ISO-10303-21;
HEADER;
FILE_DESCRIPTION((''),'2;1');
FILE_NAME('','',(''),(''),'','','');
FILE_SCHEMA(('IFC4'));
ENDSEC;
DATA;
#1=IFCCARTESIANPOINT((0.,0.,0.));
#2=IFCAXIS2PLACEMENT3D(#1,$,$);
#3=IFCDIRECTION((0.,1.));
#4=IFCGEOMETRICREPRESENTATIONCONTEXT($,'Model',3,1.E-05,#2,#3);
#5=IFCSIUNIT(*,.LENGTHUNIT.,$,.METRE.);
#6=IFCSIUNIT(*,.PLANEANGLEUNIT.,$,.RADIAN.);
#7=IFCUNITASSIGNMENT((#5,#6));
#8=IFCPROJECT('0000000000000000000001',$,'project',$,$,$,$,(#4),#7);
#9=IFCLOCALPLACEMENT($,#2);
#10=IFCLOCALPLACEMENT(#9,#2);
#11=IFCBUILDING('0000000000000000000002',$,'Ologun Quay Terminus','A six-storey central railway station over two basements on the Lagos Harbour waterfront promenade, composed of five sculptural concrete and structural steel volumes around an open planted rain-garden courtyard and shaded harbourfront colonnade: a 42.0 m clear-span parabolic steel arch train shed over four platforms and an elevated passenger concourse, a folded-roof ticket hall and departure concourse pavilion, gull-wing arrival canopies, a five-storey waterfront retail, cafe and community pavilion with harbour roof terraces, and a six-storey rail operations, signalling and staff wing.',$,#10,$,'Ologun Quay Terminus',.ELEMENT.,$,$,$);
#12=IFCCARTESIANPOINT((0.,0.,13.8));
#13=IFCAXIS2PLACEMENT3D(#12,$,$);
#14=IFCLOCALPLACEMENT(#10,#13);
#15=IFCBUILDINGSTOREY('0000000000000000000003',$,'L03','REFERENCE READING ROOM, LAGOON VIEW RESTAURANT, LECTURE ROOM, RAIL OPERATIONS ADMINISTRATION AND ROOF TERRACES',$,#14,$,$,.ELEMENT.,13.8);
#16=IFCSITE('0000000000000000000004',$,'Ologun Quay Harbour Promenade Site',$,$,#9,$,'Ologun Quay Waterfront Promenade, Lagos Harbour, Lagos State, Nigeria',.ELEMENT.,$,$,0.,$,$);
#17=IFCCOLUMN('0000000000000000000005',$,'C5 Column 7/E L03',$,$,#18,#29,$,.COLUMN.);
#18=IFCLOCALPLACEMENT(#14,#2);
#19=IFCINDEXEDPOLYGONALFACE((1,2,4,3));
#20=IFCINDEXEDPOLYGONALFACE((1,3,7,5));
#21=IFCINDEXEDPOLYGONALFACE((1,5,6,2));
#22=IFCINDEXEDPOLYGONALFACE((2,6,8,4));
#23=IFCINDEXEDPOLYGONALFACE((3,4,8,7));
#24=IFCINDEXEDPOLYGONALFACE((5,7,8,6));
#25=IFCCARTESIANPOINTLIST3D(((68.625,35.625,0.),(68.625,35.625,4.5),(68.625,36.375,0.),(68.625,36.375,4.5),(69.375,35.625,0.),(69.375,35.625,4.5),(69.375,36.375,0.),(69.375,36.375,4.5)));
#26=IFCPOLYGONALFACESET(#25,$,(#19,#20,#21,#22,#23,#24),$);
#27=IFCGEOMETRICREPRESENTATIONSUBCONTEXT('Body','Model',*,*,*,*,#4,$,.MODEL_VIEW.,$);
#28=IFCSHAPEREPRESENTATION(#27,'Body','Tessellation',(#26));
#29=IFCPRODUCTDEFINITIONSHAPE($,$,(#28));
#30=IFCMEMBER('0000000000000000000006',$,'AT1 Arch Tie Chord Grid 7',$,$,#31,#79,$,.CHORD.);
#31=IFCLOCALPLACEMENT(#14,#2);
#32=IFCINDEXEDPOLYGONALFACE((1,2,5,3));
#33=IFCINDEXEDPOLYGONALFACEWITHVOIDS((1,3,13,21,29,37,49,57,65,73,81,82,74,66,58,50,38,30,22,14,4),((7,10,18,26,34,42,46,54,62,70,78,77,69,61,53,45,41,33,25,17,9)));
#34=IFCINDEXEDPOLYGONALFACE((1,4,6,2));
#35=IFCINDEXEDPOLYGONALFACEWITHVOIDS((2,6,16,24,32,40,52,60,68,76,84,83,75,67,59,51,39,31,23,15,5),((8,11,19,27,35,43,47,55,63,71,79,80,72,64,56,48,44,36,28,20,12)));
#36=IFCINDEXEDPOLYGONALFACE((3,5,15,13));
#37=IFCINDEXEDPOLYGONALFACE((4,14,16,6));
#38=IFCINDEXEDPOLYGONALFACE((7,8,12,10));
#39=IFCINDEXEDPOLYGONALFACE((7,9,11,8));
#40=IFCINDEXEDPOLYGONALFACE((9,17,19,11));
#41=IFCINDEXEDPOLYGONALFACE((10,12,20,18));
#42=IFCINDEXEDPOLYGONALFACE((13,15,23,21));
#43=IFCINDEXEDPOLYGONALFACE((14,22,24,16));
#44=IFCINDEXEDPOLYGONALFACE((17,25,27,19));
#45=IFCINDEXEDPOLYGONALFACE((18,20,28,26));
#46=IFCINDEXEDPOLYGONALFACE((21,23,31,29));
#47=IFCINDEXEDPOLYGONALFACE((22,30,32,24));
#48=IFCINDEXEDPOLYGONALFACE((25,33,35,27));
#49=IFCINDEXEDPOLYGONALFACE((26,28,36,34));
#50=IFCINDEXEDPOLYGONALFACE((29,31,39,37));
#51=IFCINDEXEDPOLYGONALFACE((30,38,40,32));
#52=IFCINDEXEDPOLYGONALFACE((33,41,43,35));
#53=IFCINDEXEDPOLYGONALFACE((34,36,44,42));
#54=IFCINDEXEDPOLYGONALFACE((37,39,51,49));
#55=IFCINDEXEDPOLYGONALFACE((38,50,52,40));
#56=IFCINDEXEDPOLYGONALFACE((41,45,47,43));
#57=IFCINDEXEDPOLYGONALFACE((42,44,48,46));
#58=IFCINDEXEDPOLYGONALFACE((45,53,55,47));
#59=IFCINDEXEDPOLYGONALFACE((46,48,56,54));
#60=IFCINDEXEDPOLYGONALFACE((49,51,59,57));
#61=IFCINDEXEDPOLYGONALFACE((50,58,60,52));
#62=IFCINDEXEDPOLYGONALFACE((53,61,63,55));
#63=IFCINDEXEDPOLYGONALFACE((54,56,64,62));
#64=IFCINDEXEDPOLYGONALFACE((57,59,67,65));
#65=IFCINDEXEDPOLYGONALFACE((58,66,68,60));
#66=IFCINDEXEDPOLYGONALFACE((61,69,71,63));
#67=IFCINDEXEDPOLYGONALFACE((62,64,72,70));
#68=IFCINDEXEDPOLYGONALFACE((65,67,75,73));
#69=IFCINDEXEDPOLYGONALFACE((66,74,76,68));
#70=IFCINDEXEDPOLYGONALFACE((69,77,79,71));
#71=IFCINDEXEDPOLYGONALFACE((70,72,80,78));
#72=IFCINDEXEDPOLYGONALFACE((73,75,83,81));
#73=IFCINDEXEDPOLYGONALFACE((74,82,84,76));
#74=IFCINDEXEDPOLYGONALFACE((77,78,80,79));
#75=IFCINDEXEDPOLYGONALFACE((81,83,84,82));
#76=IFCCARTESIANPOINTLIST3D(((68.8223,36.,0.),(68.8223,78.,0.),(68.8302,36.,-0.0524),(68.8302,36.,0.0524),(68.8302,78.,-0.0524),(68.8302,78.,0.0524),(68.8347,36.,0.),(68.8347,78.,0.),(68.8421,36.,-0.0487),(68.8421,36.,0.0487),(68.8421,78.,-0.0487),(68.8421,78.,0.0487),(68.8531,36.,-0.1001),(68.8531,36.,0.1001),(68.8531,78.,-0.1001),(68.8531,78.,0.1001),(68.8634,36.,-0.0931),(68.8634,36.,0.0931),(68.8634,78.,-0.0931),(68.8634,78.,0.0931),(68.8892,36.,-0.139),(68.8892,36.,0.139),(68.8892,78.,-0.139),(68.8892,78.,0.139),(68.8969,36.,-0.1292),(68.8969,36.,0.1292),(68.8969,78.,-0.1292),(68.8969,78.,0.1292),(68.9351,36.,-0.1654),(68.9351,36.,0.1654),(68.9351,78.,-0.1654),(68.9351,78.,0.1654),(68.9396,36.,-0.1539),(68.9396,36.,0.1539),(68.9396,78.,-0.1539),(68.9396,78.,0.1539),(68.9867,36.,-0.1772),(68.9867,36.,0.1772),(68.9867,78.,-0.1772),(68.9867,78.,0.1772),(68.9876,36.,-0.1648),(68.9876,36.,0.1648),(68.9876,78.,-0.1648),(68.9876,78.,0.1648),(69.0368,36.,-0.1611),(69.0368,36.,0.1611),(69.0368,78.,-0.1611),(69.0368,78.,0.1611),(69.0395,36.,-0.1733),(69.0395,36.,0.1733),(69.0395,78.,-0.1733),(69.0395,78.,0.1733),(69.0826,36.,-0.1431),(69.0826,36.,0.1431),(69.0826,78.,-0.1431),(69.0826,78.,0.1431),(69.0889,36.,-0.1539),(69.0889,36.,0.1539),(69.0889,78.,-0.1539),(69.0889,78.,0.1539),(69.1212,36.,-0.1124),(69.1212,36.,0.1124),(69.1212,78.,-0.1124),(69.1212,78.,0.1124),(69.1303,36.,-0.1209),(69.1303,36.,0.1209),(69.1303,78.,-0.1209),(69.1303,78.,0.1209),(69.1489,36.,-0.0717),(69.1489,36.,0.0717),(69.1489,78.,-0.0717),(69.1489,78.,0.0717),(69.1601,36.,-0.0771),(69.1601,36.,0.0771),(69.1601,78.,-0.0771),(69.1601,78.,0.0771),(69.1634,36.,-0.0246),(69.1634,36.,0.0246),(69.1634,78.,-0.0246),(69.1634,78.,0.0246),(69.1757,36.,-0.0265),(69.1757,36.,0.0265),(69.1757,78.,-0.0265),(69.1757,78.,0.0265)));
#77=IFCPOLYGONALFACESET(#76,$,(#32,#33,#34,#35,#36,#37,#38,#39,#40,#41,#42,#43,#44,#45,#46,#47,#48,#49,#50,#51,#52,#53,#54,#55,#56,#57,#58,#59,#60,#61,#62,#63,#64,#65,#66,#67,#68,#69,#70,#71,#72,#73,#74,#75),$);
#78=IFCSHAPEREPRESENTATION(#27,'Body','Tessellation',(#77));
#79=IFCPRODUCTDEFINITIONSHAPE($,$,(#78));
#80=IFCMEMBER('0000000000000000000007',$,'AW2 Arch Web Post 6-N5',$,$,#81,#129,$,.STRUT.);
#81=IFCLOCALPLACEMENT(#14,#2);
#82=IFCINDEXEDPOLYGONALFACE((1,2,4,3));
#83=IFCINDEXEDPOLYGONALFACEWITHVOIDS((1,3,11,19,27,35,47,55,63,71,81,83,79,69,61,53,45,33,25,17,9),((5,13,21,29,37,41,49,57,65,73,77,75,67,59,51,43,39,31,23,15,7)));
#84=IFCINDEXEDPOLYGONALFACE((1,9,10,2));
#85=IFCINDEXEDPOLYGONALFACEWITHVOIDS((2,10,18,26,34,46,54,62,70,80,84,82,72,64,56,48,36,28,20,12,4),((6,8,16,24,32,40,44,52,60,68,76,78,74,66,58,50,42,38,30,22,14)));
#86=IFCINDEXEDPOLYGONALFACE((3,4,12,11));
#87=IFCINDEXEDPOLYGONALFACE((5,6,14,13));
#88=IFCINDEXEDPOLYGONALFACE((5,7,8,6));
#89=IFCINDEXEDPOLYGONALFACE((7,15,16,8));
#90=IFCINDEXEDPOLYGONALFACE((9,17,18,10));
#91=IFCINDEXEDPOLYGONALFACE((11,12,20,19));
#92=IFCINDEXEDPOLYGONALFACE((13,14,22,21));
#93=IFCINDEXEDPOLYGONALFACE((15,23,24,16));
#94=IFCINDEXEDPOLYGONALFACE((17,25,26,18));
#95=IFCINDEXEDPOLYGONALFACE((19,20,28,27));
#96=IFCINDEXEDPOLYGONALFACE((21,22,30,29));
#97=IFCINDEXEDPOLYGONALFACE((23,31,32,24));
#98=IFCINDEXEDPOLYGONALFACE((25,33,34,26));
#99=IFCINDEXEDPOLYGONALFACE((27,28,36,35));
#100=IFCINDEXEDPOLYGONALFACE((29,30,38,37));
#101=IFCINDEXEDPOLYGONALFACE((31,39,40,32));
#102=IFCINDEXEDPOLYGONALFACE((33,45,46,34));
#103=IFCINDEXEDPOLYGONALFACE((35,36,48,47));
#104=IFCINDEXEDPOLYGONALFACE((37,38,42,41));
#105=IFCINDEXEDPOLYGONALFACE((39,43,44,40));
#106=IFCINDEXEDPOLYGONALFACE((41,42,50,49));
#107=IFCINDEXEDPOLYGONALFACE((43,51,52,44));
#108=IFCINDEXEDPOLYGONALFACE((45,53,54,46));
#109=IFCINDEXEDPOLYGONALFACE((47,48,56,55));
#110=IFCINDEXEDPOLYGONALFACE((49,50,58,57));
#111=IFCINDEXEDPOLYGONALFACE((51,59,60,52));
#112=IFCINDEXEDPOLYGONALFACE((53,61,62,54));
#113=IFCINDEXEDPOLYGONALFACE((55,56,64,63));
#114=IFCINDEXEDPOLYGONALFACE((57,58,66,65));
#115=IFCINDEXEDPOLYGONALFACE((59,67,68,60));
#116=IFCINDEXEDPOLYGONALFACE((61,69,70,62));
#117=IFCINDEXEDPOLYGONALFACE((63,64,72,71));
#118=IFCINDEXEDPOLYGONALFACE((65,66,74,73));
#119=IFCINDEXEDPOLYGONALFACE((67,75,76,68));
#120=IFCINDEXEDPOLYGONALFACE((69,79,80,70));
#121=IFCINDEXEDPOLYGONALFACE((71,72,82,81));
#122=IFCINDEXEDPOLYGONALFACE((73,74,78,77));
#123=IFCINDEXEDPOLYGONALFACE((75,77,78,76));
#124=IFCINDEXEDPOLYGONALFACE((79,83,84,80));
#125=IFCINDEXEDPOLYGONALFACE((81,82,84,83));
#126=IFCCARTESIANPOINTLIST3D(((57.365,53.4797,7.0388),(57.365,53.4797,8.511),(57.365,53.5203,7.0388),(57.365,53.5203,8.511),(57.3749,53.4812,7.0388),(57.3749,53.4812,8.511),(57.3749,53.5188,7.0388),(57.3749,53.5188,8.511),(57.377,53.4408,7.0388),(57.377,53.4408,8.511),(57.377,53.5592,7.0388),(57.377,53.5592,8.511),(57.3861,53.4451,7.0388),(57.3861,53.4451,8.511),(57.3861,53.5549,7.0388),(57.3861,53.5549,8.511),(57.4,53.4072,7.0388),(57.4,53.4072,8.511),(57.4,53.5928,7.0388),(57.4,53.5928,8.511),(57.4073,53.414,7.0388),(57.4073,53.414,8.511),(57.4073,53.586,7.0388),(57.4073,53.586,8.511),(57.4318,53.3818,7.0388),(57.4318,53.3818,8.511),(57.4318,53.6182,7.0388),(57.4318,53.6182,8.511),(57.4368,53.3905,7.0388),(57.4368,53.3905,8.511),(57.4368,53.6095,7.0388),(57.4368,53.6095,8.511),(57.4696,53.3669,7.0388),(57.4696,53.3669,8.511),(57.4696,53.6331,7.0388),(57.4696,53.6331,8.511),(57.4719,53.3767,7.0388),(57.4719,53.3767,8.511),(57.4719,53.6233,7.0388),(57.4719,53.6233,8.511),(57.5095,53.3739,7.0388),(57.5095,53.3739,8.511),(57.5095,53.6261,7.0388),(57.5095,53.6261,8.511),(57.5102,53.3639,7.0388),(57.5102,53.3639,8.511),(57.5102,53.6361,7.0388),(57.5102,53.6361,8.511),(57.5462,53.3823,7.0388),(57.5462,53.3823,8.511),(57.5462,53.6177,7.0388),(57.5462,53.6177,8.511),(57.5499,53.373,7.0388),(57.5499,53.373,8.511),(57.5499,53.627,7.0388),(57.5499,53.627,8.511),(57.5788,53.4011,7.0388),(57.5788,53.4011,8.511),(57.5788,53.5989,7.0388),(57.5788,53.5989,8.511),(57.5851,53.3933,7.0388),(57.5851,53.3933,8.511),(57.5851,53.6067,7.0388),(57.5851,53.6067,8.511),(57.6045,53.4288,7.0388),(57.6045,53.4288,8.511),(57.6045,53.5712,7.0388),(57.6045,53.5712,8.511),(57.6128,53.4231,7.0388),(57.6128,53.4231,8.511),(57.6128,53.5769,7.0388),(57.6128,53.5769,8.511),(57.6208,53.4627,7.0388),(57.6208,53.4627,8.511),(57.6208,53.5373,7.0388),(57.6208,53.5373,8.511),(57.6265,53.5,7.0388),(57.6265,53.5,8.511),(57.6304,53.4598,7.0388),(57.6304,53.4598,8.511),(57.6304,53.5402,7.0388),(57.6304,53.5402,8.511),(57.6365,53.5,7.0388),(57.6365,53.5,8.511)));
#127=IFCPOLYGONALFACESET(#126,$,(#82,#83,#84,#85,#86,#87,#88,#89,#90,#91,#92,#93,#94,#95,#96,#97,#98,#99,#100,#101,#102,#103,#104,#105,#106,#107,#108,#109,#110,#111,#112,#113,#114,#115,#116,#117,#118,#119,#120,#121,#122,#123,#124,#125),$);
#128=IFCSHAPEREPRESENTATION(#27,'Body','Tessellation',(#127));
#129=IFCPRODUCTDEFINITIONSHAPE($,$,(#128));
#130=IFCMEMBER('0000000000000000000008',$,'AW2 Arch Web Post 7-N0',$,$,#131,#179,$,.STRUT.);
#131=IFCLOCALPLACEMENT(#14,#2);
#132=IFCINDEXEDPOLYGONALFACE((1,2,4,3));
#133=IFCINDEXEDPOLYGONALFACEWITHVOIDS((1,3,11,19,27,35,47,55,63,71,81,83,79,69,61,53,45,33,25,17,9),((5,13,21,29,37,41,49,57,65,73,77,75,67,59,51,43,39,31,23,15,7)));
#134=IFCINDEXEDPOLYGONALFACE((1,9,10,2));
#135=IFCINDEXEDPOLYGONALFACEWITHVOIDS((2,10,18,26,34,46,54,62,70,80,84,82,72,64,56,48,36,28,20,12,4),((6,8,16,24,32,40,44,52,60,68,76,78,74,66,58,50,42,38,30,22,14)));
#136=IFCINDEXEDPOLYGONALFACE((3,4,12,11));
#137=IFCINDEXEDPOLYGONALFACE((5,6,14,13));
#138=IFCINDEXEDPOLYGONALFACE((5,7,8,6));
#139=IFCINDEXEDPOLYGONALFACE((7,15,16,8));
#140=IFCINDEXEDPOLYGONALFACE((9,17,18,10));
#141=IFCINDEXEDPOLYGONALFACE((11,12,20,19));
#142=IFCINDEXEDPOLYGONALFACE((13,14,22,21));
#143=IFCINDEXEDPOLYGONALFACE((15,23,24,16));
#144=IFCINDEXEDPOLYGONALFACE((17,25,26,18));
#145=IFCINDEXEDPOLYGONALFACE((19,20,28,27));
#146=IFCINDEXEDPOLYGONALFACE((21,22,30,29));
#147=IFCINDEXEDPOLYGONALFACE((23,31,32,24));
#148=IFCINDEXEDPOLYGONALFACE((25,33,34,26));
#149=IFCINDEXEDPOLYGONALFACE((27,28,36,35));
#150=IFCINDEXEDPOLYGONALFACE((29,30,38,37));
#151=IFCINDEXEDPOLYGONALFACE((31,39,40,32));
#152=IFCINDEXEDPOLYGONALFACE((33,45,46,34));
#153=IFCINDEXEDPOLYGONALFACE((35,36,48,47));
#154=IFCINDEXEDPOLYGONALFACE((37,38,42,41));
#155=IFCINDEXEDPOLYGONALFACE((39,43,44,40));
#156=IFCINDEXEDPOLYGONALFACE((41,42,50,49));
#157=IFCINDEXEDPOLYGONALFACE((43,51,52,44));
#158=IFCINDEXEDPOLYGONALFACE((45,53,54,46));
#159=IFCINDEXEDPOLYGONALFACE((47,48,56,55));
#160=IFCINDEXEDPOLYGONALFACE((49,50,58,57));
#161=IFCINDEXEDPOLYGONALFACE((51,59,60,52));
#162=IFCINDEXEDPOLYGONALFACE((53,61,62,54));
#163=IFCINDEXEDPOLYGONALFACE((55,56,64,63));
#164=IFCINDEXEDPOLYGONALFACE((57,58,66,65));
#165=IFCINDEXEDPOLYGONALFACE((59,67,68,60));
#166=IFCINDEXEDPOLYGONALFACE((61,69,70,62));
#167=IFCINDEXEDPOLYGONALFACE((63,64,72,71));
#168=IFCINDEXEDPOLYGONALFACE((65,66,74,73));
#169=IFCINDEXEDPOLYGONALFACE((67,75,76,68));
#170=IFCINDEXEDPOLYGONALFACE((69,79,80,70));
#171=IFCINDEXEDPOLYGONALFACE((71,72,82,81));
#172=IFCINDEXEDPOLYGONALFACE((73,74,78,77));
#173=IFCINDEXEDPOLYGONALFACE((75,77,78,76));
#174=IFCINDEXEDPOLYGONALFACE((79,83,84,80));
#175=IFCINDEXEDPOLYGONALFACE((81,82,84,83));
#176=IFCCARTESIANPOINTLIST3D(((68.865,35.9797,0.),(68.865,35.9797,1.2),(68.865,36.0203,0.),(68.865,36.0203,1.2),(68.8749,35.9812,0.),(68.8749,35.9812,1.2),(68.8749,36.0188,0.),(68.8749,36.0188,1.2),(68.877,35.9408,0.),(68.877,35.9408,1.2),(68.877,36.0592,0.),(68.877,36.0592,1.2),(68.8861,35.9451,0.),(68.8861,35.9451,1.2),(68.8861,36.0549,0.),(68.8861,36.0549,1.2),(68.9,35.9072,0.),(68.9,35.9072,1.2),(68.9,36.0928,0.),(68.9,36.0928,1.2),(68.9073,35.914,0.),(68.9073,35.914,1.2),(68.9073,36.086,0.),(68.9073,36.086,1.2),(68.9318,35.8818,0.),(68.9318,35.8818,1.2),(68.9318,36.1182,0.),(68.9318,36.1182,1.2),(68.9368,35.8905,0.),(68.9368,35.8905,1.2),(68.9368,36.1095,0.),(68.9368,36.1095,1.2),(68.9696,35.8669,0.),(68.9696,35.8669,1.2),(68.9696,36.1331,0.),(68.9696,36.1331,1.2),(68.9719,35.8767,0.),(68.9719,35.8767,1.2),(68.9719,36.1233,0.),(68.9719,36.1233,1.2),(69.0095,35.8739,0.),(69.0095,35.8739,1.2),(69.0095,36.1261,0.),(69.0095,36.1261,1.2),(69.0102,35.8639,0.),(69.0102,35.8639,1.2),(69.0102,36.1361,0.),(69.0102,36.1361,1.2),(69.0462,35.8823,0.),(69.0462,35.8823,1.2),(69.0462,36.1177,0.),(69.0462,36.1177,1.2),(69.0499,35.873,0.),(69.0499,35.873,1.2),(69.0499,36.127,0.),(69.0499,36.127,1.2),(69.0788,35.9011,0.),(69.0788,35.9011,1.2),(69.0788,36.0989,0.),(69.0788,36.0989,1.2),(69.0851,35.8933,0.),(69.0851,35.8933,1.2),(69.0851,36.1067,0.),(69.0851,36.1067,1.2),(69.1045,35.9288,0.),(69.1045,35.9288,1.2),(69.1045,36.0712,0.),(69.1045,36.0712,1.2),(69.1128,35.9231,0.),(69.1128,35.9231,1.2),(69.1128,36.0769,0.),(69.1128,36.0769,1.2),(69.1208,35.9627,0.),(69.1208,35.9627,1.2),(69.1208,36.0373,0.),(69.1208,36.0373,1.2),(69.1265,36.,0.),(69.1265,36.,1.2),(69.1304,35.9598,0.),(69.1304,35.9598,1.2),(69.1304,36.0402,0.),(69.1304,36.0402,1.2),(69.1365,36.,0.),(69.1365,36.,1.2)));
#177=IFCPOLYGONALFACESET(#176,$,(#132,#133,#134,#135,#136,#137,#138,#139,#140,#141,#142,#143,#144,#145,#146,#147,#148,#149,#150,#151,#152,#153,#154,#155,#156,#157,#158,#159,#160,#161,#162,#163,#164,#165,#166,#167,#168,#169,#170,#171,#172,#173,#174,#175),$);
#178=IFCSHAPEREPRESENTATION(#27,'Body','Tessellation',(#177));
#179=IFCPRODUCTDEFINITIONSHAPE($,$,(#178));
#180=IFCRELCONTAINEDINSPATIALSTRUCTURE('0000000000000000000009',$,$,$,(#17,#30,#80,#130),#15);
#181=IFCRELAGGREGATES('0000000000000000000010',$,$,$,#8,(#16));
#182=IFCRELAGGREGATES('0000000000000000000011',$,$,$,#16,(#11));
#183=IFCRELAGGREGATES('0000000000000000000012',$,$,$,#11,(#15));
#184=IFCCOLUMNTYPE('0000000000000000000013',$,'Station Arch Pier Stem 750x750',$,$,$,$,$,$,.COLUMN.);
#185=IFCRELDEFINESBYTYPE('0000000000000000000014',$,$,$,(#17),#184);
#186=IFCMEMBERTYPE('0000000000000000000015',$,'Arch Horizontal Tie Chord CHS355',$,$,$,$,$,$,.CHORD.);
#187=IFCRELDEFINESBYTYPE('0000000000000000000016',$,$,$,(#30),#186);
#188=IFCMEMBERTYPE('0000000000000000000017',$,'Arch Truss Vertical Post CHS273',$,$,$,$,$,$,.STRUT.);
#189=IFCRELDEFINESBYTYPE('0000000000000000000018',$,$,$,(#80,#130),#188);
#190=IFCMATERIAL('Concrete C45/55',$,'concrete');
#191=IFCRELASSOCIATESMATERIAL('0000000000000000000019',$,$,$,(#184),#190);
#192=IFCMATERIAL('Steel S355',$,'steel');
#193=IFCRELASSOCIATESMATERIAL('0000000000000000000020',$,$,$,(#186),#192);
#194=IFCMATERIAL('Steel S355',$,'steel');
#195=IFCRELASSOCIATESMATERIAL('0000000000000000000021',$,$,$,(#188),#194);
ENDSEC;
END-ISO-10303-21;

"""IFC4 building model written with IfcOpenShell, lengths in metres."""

from ifc_helpers import new_model, si_unit, direction, frame, origin, origin_2d, place, context, subcontext, project, spatial, rectangle, hollow_circle, extrude, material, material_profile, profile_set, type_object, element, save


model = new_model("IFC4")

# Units and contexts
model_context = context("Model", 3, precision=1e-05, world=origin(), true_north=direction((0.0, 1.0)))
body_context = subcontext(model_context, "Body", "Model", "MODEL_VIEW")
ifc_project = project(units=[si_unit("LENGTHUNIT", "METRE"), si_unit("PLANEANGLEUNIT", "RADIAN")], contexts=[model_context])

# Site, building, storey
site_placement = place(None, origin())
site = spatial("IfcSite", under=ifc_project, at=site_placement, Name="Ologun Quay Harbour Promenade Site", LongName="Ologun Quay Waterfront Promenade, Lagos Harbour, Lagos State, Nigeria", CompositionType="ELEMENT", RefElevation=0.0)
building_placement = place(site_placement, origin())
building = spatial("IfcBuilding", under=site, at=building_placement, Name="Ologun Quay Terminus", Description="A six-storey central railway station over two basements on the Lagos Harbour waterfront promenade, composed of five sculptural concrete and structural steel volumes around an open planted rain-garden courtyard and shaded harbourfront colonnade: a 42.0 m clear-span parabolic steel arch train shed over four platforms and an elevated passenger concourse, a folded-roof ticket hall and departure concourse pavilion, gull-wing arrival canopies, a five-storey waterfront retail, cafe and community pavilion with harbour roof terraces, and a six-storey rail operations, signalling and staff wing.", LongName="Ologun Quay Terminus", CompositionType="ELEMENT")
storey_placement = place(building_placement, frame((0.0, 0.0, 13.8)))
storey = spatial("IfcBuildingStorey", under=building, at=storey_placement, Name="L03", Description="REFERENCE READING ROOM, LAGOON VIEW RESTAURANT, LECTURE ROOM, RAIL OPERATIONS ADMINISTRATION AND ROOF TERRACES", CompositionType="ELEMENT", Elevation=13.8)

# Column
ifc_material_1 = material(Name="Concrete C45/55", Category="concrete")
ifc_material_profile_1 = material_profile(ifc_material_1, rectangle(XDim=0.75, YDim=0.75, at=origin_2d()), Name="RC 750x750")
ifc_profile_set_1 = profile_set([ifc_material_profile_1], Name="Concrete C45/55")
column_type = type_object("IfcColumnType", Name="Station Arch Pier Stem 750x750", PredefinedType="COLUMN", material=ifc_profile_set_1)
column_placement = place(storey_placement, frame((69.0, 36.0, 0.0), z_axis=(0.0, 0.0, 1.0), x_axis=(1.0, 0.0, 0.0)))
element("IfcColumn", 1, at=column_placement, inside=storey, type_object=column_type, Name="C5 Column 7/E L03", PredefinedType="COLUMN", context=body_context, shape_type="SweptSolid", body=[
    extrude(rectangle(XDim=0.75, YDim=0.75, at=origin_2d()), origin(), (0.0, 0.0, 1.0), 4.5),
])

# Members
ifc_material_2 = material(Name="Steel S355", Category="steel")
ifc_material_profile_2 = material_profile(ifc_material_2, hollow_circle(Radius=0.1777, WallThickness=0.0125, at=origin_2d()), Name="CHS 355.6x12.5")
ifc_profile_set_2 = profile_set([ifc_material_profile_2], Name="Steel S355")
member_type_1 = type_object("IfcMemberType", Name="Arch Horizontal Tie Chord CHS355", PredefinedType="CHORD", material=ifc_profile_set_2)
member_1_placement = place(storey_placement, frame((69.0, 36.0, 0.0), z_axis=(0.0, 1.0, 0.0), x_axis=(-1.0, 0.0, 0.0)))
element("IfcMember", 2, at=member_1_placement, inside=storey, type_object=member_type_1, Name="AT1 Arch Tie Chord Grid 7", PredefinedType="CHORD", context=body_context, shape_type="SweptSolid", body=[
    extrude(hollow_circle(Radius=0.1777, WallThickness=0.0125, at=origin_2d()), origin(), (0.0, 0.0, 1.0), 42.0),
])
ifc_material_3 = material(Name="Steel S355", Category="steel")
ifc_material_profile_3 = material_profile(ifc_material_3, hollow_circle(Radius=0.1365, WallThickness=0.01, at=origin_2d()), Name="CHS 273x10")
ifc_profile_set_3 = profile_set([ifc_material_profile_3], Name="Steel S355")
member_type_2 = type_object("IfcMemberType", Name="Arch Truss Vertical Post CHS273", PredefinedType="STRUT", material=ifc_profile_set_3)
member_2_placement = place(storey_placement, frame((57.5, 53.5, 7.0388), z_axis=(0.0, 0.0, 1.0), x_axis=(1.0, 0.0, 0.0)))
element("IfcMember", 3, at=member_2_placement, inside=storey, type_object=member_type_2, Name="AW2 Arch Web Post 6-N5", PredefinedType="STRUT", context=body_context, shape_type="SweptSolid", body=[
    extrude(hollow_circle(Radius=0.1365, WallThickness=0.01, at=origin_2d()), origin(), (0.0, 0.0, 1.0), 1.4722),
])
member_3_placement = place(storey_placement, frame((69.0, 36.0, 0.0), z_axis=(0.0, 0.0, 1.0), x_axis=(1.0, 0.0, 0.0)))
element("IfcMember", 4, at=member_3_placement, inside=storey, type_object=member_type_2, Name="AW2 Arch Web Post 7-N0", PredefinedType="STRUT", context=body_context, shape_type="SweptSolid", body=[
    extrude(hollow_circle(Radius=0.1365, WallThickness=0.01, at=origin_2d()), origin(), (0.0, 0.0, 1.0), 1.2),
])

save(model, "model.ifc")
